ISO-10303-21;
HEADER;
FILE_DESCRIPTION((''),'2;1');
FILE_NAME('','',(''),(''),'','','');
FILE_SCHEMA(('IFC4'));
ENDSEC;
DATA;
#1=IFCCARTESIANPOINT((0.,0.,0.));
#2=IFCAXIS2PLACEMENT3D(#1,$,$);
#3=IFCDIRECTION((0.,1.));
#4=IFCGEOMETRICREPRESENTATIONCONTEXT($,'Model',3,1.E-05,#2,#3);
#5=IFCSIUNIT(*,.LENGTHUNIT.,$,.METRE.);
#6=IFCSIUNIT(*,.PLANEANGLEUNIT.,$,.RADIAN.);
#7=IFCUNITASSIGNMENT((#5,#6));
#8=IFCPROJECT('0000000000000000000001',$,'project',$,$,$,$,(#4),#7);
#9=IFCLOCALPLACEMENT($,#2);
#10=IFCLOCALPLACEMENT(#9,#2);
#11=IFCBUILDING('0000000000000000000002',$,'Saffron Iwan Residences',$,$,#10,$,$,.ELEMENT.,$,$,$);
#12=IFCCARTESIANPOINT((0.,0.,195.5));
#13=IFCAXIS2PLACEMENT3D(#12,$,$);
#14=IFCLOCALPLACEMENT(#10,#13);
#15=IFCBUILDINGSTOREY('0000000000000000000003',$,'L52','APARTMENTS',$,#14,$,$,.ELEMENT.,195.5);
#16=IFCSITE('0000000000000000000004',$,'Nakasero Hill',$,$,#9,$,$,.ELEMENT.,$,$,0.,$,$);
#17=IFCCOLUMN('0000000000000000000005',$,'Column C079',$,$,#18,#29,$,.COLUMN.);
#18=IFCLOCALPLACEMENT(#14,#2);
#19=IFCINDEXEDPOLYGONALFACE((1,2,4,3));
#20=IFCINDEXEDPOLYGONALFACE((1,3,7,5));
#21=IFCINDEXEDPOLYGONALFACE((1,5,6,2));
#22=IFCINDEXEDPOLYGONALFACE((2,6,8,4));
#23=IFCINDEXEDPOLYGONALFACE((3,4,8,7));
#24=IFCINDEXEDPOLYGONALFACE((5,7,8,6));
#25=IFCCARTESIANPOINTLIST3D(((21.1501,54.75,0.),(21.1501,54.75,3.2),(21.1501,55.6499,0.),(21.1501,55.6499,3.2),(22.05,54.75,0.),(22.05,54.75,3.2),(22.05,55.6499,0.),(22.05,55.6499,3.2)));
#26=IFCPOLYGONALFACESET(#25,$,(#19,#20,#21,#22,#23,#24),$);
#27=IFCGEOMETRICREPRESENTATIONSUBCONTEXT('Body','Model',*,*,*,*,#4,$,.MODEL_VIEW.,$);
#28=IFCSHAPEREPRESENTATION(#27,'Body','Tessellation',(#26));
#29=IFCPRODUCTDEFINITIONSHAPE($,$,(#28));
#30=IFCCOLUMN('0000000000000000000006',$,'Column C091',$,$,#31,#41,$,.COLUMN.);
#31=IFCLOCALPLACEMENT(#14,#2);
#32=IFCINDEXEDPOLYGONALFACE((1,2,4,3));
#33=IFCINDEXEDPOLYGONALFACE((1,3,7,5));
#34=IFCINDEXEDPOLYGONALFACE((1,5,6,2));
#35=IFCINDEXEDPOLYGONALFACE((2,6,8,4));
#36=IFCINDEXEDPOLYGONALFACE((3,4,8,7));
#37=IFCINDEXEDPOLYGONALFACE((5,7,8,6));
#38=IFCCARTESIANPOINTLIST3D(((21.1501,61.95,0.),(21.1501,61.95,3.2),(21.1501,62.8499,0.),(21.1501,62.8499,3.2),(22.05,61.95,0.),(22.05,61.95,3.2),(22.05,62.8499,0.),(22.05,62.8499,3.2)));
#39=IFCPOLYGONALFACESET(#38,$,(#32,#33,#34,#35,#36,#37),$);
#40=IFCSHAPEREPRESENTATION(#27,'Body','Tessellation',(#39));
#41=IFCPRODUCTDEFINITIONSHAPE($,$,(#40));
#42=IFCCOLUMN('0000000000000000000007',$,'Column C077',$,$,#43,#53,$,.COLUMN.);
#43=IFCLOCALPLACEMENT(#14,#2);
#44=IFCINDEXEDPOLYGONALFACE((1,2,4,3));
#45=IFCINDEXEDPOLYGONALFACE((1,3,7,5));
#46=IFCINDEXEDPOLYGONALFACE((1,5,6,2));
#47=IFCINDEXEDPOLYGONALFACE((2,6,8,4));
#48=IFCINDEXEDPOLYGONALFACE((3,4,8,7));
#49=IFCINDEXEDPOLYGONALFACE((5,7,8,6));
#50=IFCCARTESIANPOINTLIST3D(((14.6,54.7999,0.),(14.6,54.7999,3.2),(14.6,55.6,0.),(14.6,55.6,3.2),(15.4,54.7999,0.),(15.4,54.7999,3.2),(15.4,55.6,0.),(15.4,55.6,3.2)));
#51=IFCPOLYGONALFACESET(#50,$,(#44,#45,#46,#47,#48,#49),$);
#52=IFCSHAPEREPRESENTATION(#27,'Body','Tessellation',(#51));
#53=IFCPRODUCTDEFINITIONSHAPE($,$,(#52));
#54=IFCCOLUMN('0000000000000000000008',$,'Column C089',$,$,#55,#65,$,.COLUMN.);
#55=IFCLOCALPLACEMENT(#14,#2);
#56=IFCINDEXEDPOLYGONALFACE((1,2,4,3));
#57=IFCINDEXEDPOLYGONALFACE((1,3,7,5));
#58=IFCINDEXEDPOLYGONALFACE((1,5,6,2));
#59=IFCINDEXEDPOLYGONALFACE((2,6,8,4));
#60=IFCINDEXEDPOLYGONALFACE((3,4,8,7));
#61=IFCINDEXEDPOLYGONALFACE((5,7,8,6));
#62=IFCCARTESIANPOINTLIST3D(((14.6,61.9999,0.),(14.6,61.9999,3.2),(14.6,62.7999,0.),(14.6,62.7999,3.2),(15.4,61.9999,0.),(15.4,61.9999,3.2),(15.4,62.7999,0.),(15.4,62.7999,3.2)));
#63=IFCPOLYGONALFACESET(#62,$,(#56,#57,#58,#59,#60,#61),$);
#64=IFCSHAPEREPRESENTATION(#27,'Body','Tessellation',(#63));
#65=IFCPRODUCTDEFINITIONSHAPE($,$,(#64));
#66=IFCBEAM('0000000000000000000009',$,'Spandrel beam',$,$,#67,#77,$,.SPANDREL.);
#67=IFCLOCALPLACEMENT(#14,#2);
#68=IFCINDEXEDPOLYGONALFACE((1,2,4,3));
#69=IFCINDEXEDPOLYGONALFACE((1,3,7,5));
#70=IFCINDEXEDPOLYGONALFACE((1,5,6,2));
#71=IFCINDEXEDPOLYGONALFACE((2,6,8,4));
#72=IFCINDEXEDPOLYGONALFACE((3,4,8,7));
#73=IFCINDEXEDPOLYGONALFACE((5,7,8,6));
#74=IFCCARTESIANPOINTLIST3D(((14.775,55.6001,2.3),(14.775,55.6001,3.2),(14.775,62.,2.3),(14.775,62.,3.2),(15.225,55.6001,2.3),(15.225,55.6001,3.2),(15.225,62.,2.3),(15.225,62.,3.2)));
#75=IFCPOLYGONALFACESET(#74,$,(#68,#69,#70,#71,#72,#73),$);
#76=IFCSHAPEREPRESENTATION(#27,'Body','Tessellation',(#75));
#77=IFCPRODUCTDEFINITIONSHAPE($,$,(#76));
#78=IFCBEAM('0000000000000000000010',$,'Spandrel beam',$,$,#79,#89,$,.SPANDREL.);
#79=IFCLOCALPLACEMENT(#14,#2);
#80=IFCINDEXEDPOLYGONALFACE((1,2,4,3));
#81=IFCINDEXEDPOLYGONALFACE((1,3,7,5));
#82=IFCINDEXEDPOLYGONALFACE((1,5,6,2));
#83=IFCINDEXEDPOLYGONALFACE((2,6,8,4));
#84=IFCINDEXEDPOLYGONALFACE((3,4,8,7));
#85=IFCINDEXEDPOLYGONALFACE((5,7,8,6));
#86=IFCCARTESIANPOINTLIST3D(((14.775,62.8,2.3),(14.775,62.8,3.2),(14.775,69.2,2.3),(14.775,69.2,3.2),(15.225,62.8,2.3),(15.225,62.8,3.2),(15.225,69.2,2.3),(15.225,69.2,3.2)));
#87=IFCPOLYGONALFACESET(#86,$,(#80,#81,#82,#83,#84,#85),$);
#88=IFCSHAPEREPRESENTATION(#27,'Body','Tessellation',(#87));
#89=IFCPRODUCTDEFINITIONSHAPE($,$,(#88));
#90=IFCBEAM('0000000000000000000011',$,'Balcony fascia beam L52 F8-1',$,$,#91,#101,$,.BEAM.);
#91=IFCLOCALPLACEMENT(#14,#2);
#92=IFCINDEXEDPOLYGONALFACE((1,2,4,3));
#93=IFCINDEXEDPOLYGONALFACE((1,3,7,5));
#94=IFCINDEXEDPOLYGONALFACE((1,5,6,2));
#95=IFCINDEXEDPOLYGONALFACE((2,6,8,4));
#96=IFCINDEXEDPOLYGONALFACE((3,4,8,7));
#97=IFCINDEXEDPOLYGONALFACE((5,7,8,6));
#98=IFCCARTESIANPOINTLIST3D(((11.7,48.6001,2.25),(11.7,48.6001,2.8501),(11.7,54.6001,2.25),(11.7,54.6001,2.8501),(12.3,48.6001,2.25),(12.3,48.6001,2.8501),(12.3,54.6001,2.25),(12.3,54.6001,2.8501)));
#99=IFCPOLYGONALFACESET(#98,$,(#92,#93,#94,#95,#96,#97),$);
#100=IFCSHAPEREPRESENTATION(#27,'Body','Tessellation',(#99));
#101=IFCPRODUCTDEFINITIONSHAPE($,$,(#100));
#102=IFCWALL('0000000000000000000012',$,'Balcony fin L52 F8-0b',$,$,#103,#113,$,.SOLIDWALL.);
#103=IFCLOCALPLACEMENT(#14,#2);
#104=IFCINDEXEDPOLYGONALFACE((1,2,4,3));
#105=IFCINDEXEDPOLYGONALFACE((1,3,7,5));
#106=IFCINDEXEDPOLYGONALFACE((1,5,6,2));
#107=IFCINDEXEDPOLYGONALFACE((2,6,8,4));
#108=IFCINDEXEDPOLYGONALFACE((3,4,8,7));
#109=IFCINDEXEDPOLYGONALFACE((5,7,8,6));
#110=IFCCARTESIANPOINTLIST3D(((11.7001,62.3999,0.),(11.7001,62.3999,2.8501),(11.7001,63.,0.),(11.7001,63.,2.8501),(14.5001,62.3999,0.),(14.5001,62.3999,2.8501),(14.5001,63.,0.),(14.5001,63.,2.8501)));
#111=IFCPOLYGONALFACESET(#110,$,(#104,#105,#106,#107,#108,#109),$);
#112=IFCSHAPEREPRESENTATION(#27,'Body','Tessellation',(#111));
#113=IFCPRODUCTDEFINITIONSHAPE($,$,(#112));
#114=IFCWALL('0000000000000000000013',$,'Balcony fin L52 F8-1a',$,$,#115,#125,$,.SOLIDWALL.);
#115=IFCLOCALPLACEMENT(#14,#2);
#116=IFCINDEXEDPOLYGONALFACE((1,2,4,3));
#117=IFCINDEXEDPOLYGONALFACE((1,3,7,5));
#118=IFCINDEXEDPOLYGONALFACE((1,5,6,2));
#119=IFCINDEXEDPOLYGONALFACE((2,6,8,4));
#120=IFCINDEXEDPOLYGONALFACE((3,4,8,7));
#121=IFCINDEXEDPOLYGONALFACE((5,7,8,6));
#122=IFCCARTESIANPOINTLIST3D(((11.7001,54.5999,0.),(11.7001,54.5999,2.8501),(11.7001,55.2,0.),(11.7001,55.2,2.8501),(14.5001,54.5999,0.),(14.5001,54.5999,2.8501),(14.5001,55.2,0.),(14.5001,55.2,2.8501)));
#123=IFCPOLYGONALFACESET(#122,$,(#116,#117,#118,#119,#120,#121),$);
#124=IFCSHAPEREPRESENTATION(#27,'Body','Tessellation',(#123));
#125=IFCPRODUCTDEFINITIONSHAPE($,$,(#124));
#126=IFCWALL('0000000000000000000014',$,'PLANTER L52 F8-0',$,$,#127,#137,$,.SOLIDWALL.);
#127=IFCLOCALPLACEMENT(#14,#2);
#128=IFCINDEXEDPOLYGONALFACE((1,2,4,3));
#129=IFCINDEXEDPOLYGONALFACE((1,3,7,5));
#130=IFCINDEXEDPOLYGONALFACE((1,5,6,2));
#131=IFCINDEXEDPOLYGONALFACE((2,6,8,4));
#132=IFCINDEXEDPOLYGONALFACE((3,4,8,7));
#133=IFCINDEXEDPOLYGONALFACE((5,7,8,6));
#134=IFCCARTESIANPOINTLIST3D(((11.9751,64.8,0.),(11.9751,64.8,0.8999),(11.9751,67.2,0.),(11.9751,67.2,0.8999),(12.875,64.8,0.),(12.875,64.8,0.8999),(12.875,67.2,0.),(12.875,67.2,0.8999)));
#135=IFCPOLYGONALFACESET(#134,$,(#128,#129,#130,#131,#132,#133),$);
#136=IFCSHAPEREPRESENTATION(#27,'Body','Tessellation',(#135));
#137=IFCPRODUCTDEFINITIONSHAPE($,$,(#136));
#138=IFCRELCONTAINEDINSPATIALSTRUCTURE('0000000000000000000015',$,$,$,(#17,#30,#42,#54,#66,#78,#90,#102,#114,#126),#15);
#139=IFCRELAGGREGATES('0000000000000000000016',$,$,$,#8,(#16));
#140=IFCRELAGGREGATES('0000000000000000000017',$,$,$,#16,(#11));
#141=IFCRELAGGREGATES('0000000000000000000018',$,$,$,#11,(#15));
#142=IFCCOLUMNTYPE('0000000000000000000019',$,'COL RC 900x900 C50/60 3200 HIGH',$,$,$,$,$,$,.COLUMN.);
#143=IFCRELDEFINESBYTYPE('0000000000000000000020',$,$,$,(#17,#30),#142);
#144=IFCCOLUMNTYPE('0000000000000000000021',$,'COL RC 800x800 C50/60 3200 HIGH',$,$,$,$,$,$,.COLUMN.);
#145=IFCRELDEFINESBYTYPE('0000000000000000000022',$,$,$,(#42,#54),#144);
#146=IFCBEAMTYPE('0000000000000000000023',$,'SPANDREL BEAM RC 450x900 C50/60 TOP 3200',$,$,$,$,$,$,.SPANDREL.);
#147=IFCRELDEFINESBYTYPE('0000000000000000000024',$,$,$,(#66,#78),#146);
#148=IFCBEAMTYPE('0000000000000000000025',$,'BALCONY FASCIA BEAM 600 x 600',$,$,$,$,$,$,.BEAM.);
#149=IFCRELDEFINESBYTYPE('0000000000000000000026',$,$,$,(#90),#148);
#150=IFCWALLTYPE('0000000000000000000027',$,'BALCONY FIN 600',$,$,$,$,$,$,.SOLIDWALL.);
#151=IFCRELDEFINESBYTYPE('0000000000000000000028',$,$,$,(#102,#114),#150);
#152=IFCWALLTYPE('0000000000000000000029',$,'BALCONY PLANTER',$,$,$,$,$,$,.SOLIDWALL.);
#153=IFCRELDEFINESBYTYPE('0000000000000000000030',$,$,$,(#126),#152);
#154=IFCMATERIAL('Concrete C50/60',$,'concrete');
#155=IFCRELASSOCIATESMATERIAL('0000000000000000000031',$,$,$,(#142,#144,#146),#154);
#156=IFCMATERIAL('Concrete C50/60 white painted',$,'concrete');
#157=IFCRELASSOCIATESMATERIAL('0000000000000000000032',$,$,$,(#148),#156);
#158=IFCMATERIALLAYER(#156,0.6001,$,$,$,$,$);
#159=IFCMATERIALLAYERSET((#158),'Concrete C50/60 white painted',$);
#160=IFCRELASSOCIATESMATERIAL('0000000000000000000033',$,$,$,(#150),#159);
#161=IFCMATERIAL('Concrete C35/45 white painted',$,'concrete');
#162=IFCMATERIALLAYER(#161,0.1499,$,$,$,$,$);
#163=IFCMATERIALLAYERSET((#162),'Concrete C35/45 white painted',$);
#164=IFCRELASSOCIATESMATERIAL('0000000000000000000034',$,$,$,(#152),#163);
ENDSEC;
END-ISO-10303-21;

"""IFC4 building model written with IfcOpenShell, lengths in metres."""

from ifc_helpers import new_model, si_unit, direction, frame, frame_2d, origin, origin_2d, place, context, subcontext, project, spatial, rectangle, extrude, source, transform, mapped, material, layer, layer_set, material_profile, profile_set, type_object, element, save


model = new_model("IFC4")

# Units and contexts
model_context = context("Model", 3, precision=1e-05, world=origin(), true_north=direction((0.0, 1.0)))
body_context = subcontext(model_context, "Body", "Model", "MODEL_VIEW")
ifc_project = project(units=[si_unit("LENGTHUNIT", "METRE"), si_unit("PLANEANGLEUNIT", "RADIAN")], contexts=[model_context])

# Site, building, storey
site_placement = place(None, origin())
site = spatial("IfcSite", under=ifc_project, at=site_placement, Name="Nakasero Hill", CompositionType="ELEMENT", RefElevation=0.0)
building_placement = place(site_placement, origin())
building = spatial("IfcBuilding", under=site, at=building_placement, Name="Saffron Iwan Residences", CompositionType="ELEMENT")
storey_placement = place(building_placement, frame((0.0, 0.0, 195.5)))
storey = spatial("IfcBuildingStorey", under=building, at=storey_placement, Name="L52", Description="APARTMENTS", CompositionType="ELEMENT", Elevation=195.5)

# Columns
ifc_material_1 = material(Name="Concrete C50/60", Category="concrete")
ifc_material_profile_1 = material_profile(ifc_material_1, rectangle(XDim=0.8999, YDim=0.8999, at=origin_2d()), Name="RC 900x900")
ifc_profile_set_1 = profile_set([ifc_material_profile_1], Name="Concrete C50/60")
column_type_1 = type_object("IfcColumnType", Name="COL RC 900x900 C50/60 3200 HIGH", PredefinedType="COLUMN", material=ifc_profile_set_1)
shared_shape_1 = source(origin(), body_context, "Body", "SweptSolid", [
    extrude(rectangle(XDim=0.8999, YDim=0.8999, at=origin_2d()), origin(), (0.0, 0.0, 1.0), 3.2),
])
for number, where, z_axis, x_axis, name in (
    (1, (21.6001, 55.2, 0.0), (0.0, 0.0, 1.0), (1.0, 0.0, 0.0), "Column C079"),
    (2, (21.6001, 62.3999, 0.0), (0.0, 0.0, 1.0), (1.0, 0.0, 0.0), "Column C091"),
):
    element("IfcColumn", number, at=place(storey_placement, frame(where, z_axis=z_axis, x_axis=x_axis)), inside=storey, type_object=column_type_1, Name=name, PredefinedType="COLUMN", context=body_context, shape_type="MappedRepresentation", body=[
        mapped(shared_shape_1, transform((0.0, 0.0, 0.0))),
    ])
ifc_material_profile_2 = material_profile(ifc_material_1, rectangle(XDim=0.8, YDim=0.8, at=origin_2d()), Name="RC 800x800")
ifc_profile_set_2 = profile_set([ifc_material_profile_2], Name="Concrete C50/60")
column_type_2 = type_object("IfcColumnType", Name="COL RC 800x800 C50/60 3200 HIGH", PredefinedType="COLUMN", material=ifc_profile_set_2)
shared_shape_2 = source(origin(), body_context, "Body", "SweptSolid", [
    extrude(rectangle(XDim=0.8, YDim=0.8, at=origin_2d()), origin(), (0.0, 0.0, 1.0), 3.2),
])
for number, where, z_axis, x_axis, name in (
    (3, (15.0, 55.2, 0.0), (0.0, 0.0, 1.0), (1.0, 0.0, 0.0), "Column C077"),
    (4, (15.0, 62.3999, 0.0), (0.0, 0.0, 1.0), (1.0, 0.0, 0.0), "Column C089"),
):
    element("IfcColumn", number, at=place(storey_placement, frame(where, z_axis=z_axis, x_axis=x_axis)), inside=storey, type_object=column_type_2, Name=name, PredefinedType="COLUMN", context=body_context, shape_type="MappedRepresentation", body=[
        mapped(shared_shape_2, transform((0.0, 0.0, 0.0))),
    ])

# Beams
ifc_material_profile_3 = material_profile(ifc_material_1, rectangle(XDim=0.45, YDim=0.8999, at=origin_2d()), Name="RC 450x900")
ifc_profile_set_3 = profile_set([ifc_material_profile_3], Name="Concrete C50/60")
beam_type_1 = type_object("IfcBeamType", Name="SPANDREL BEAM RC 450x900 C50/60 TOP 3200", PredefinedType="SPANDREL", material=ifc_profile_set_3)
shared_shape_3 = source(origin(), body_context, "Body", "SweptSolid", [
    extrude(rectangle(XDim=0.45, YDim=0.8999, at=origin_2d()), origin(), (0.0, 0.0, 1.0), 6.3999),
])
for number, where, z_axis, x_axis, name in (
    (5, (15.0, 55.6001, 2.75), (0.0, 1.0, 0.0), (-1.0, 0.0, 0.0), "Spandrel beam"),
    (6, (15.0, 62.8, 2.75), (0.0, 1.0, 0.0), (-1.0, 0.0, 0.0), "Spandrel beam"),
):
    element("IfcBeam", number, at=place(storey_placement, frame(where, z_axis=z_axis, x_axis=x_axis)), inside=storey, type_object=beam_type_1, Name=name, PredefinedType="SPANDREL", context=body_context, shape_type="MappedRepresentation", body=[
        mapped(shared_shape_3, transform((0.0, 0.0, 0.0))),
    ])
ifc_material_2 = material(Name="Concrete C50/60 white painted", Category="concrete")
ifc_material_profile_4 = material_profile(ifc_material_2, rectangle(XDim=0.6001, YDim=0.6001, at=origin_2d()), Name="BALCONY FASCIA BEAM 600 x 600")
ifc_profile_set_4 = profile_set([ifc_material_profile_4], Name="Concrete C50/60 white painted")
beam_type_2 = type_object("IfcBeamType", Name="BALCONY FASCIA BEAM 600 x 600", PredefinedType="BEAM", material=ifc_profile_set_4)
shared_shape_4 = source(origin(), body_context, "Body", "SweptSolid", [
    extrude(rectangle(XDim=0.6001, YDim=0.6001, at=origin_2d()), origin(), (0.0, 0.0, 1.0), 6.0),
])
beam_placement = place(storey_placement, frame((12.0, 54.6001, 2.55), z_axis=(0.0, -1.0, 0.0), x_axis=(1.0, 0.0, 0.0)))
element("IfcBeam", 7, at=beam_placement, inside=storey, type_object=beam_type_2, Name="Balcony fascia beam L52 F8-1", PredefinedType="BEAM", context=body_context, shape_type="MappedRepresentation", body=[
    mapped(shared_shape_4, transform((0.0, 0.0, 0.0))),
])

# Walls
ifc_layer_1 = layer(ifc_material_2, 0.6001)
ifc_layer_set_1 = layer_set([ifc_layer_1], Name="Concrete C50/60 white painted")
wall_type_1 = type_object("IfcWallType", Name="BALCONY FIN 600", PredefinedType="SOLIDWALL", material=ifc_layer_set_1)
for number, where, z_axis, x_axis, name in (
    (8, (14.5, 62.7, 0.0), (0.0, 0.0, 1.0), (-1.0, 0.0, 0.0), "Balcony fin L52 F8-0b"),
    (9, (14.5, 54.8999, 0.0), (0.0, 0.0, 1.0), (-1.0, 0.0, 0.0), "Balcony fin L52 F8-1a"),
):
    element("IfcWall", number, at=place(storey_placement, frame(where, z_axis=z_axis, x_axis=x_axis)), inside=storey, type_object=wall_type_1, Name=name, PredefinedType="SOLIDWALL", context=body_context, shape_type="SweptSolid", body=[
        extrude(rectangle(XDim=2.8, YDim=0.6001, at=frame_2d((1.3999, 0.0))), origin(), (0.0, 0.0, 1.0), 2.8501),
    ])
ifc_material_3 = material(Name="Concrete C35/45 white painted", Category="concrete")
ifc_layer_2 = layer(ifc_material_3, 0.1499)
ifc_layer_set_2 = layer_set([ifc_layer_2], Name="Concrete C35/45 white painted")
wall_type_2 = type_object("IfcWallType", Name="BALCONY PLANTER", PredefinedType="SOLIDWALL", material=ifc_layer_set_2)
wall_1_placement = place(storey_placement, frame((12.425, 67.2, 0.0), z_axis=(0.0, 0.0, 1.0), x_axis=(0.0, -1.0, 0.0)))
element("IfcWall", 10, at=wall_1_placement, inside=storey, type_object=wall_type_2, Name="PLANTER L52 F8-0", PredefinedType="SOLIDWALL", context=body_context, shape_type="SweptSolid", body=[
    extrude(rectangle(XDim=2.3999, YDim=0.8999, at=frame_2d((1.2, 0.0))), origin(), (0.0, 0.0, 1.0), 0.8999),
])

save(model, "model.ifc")
